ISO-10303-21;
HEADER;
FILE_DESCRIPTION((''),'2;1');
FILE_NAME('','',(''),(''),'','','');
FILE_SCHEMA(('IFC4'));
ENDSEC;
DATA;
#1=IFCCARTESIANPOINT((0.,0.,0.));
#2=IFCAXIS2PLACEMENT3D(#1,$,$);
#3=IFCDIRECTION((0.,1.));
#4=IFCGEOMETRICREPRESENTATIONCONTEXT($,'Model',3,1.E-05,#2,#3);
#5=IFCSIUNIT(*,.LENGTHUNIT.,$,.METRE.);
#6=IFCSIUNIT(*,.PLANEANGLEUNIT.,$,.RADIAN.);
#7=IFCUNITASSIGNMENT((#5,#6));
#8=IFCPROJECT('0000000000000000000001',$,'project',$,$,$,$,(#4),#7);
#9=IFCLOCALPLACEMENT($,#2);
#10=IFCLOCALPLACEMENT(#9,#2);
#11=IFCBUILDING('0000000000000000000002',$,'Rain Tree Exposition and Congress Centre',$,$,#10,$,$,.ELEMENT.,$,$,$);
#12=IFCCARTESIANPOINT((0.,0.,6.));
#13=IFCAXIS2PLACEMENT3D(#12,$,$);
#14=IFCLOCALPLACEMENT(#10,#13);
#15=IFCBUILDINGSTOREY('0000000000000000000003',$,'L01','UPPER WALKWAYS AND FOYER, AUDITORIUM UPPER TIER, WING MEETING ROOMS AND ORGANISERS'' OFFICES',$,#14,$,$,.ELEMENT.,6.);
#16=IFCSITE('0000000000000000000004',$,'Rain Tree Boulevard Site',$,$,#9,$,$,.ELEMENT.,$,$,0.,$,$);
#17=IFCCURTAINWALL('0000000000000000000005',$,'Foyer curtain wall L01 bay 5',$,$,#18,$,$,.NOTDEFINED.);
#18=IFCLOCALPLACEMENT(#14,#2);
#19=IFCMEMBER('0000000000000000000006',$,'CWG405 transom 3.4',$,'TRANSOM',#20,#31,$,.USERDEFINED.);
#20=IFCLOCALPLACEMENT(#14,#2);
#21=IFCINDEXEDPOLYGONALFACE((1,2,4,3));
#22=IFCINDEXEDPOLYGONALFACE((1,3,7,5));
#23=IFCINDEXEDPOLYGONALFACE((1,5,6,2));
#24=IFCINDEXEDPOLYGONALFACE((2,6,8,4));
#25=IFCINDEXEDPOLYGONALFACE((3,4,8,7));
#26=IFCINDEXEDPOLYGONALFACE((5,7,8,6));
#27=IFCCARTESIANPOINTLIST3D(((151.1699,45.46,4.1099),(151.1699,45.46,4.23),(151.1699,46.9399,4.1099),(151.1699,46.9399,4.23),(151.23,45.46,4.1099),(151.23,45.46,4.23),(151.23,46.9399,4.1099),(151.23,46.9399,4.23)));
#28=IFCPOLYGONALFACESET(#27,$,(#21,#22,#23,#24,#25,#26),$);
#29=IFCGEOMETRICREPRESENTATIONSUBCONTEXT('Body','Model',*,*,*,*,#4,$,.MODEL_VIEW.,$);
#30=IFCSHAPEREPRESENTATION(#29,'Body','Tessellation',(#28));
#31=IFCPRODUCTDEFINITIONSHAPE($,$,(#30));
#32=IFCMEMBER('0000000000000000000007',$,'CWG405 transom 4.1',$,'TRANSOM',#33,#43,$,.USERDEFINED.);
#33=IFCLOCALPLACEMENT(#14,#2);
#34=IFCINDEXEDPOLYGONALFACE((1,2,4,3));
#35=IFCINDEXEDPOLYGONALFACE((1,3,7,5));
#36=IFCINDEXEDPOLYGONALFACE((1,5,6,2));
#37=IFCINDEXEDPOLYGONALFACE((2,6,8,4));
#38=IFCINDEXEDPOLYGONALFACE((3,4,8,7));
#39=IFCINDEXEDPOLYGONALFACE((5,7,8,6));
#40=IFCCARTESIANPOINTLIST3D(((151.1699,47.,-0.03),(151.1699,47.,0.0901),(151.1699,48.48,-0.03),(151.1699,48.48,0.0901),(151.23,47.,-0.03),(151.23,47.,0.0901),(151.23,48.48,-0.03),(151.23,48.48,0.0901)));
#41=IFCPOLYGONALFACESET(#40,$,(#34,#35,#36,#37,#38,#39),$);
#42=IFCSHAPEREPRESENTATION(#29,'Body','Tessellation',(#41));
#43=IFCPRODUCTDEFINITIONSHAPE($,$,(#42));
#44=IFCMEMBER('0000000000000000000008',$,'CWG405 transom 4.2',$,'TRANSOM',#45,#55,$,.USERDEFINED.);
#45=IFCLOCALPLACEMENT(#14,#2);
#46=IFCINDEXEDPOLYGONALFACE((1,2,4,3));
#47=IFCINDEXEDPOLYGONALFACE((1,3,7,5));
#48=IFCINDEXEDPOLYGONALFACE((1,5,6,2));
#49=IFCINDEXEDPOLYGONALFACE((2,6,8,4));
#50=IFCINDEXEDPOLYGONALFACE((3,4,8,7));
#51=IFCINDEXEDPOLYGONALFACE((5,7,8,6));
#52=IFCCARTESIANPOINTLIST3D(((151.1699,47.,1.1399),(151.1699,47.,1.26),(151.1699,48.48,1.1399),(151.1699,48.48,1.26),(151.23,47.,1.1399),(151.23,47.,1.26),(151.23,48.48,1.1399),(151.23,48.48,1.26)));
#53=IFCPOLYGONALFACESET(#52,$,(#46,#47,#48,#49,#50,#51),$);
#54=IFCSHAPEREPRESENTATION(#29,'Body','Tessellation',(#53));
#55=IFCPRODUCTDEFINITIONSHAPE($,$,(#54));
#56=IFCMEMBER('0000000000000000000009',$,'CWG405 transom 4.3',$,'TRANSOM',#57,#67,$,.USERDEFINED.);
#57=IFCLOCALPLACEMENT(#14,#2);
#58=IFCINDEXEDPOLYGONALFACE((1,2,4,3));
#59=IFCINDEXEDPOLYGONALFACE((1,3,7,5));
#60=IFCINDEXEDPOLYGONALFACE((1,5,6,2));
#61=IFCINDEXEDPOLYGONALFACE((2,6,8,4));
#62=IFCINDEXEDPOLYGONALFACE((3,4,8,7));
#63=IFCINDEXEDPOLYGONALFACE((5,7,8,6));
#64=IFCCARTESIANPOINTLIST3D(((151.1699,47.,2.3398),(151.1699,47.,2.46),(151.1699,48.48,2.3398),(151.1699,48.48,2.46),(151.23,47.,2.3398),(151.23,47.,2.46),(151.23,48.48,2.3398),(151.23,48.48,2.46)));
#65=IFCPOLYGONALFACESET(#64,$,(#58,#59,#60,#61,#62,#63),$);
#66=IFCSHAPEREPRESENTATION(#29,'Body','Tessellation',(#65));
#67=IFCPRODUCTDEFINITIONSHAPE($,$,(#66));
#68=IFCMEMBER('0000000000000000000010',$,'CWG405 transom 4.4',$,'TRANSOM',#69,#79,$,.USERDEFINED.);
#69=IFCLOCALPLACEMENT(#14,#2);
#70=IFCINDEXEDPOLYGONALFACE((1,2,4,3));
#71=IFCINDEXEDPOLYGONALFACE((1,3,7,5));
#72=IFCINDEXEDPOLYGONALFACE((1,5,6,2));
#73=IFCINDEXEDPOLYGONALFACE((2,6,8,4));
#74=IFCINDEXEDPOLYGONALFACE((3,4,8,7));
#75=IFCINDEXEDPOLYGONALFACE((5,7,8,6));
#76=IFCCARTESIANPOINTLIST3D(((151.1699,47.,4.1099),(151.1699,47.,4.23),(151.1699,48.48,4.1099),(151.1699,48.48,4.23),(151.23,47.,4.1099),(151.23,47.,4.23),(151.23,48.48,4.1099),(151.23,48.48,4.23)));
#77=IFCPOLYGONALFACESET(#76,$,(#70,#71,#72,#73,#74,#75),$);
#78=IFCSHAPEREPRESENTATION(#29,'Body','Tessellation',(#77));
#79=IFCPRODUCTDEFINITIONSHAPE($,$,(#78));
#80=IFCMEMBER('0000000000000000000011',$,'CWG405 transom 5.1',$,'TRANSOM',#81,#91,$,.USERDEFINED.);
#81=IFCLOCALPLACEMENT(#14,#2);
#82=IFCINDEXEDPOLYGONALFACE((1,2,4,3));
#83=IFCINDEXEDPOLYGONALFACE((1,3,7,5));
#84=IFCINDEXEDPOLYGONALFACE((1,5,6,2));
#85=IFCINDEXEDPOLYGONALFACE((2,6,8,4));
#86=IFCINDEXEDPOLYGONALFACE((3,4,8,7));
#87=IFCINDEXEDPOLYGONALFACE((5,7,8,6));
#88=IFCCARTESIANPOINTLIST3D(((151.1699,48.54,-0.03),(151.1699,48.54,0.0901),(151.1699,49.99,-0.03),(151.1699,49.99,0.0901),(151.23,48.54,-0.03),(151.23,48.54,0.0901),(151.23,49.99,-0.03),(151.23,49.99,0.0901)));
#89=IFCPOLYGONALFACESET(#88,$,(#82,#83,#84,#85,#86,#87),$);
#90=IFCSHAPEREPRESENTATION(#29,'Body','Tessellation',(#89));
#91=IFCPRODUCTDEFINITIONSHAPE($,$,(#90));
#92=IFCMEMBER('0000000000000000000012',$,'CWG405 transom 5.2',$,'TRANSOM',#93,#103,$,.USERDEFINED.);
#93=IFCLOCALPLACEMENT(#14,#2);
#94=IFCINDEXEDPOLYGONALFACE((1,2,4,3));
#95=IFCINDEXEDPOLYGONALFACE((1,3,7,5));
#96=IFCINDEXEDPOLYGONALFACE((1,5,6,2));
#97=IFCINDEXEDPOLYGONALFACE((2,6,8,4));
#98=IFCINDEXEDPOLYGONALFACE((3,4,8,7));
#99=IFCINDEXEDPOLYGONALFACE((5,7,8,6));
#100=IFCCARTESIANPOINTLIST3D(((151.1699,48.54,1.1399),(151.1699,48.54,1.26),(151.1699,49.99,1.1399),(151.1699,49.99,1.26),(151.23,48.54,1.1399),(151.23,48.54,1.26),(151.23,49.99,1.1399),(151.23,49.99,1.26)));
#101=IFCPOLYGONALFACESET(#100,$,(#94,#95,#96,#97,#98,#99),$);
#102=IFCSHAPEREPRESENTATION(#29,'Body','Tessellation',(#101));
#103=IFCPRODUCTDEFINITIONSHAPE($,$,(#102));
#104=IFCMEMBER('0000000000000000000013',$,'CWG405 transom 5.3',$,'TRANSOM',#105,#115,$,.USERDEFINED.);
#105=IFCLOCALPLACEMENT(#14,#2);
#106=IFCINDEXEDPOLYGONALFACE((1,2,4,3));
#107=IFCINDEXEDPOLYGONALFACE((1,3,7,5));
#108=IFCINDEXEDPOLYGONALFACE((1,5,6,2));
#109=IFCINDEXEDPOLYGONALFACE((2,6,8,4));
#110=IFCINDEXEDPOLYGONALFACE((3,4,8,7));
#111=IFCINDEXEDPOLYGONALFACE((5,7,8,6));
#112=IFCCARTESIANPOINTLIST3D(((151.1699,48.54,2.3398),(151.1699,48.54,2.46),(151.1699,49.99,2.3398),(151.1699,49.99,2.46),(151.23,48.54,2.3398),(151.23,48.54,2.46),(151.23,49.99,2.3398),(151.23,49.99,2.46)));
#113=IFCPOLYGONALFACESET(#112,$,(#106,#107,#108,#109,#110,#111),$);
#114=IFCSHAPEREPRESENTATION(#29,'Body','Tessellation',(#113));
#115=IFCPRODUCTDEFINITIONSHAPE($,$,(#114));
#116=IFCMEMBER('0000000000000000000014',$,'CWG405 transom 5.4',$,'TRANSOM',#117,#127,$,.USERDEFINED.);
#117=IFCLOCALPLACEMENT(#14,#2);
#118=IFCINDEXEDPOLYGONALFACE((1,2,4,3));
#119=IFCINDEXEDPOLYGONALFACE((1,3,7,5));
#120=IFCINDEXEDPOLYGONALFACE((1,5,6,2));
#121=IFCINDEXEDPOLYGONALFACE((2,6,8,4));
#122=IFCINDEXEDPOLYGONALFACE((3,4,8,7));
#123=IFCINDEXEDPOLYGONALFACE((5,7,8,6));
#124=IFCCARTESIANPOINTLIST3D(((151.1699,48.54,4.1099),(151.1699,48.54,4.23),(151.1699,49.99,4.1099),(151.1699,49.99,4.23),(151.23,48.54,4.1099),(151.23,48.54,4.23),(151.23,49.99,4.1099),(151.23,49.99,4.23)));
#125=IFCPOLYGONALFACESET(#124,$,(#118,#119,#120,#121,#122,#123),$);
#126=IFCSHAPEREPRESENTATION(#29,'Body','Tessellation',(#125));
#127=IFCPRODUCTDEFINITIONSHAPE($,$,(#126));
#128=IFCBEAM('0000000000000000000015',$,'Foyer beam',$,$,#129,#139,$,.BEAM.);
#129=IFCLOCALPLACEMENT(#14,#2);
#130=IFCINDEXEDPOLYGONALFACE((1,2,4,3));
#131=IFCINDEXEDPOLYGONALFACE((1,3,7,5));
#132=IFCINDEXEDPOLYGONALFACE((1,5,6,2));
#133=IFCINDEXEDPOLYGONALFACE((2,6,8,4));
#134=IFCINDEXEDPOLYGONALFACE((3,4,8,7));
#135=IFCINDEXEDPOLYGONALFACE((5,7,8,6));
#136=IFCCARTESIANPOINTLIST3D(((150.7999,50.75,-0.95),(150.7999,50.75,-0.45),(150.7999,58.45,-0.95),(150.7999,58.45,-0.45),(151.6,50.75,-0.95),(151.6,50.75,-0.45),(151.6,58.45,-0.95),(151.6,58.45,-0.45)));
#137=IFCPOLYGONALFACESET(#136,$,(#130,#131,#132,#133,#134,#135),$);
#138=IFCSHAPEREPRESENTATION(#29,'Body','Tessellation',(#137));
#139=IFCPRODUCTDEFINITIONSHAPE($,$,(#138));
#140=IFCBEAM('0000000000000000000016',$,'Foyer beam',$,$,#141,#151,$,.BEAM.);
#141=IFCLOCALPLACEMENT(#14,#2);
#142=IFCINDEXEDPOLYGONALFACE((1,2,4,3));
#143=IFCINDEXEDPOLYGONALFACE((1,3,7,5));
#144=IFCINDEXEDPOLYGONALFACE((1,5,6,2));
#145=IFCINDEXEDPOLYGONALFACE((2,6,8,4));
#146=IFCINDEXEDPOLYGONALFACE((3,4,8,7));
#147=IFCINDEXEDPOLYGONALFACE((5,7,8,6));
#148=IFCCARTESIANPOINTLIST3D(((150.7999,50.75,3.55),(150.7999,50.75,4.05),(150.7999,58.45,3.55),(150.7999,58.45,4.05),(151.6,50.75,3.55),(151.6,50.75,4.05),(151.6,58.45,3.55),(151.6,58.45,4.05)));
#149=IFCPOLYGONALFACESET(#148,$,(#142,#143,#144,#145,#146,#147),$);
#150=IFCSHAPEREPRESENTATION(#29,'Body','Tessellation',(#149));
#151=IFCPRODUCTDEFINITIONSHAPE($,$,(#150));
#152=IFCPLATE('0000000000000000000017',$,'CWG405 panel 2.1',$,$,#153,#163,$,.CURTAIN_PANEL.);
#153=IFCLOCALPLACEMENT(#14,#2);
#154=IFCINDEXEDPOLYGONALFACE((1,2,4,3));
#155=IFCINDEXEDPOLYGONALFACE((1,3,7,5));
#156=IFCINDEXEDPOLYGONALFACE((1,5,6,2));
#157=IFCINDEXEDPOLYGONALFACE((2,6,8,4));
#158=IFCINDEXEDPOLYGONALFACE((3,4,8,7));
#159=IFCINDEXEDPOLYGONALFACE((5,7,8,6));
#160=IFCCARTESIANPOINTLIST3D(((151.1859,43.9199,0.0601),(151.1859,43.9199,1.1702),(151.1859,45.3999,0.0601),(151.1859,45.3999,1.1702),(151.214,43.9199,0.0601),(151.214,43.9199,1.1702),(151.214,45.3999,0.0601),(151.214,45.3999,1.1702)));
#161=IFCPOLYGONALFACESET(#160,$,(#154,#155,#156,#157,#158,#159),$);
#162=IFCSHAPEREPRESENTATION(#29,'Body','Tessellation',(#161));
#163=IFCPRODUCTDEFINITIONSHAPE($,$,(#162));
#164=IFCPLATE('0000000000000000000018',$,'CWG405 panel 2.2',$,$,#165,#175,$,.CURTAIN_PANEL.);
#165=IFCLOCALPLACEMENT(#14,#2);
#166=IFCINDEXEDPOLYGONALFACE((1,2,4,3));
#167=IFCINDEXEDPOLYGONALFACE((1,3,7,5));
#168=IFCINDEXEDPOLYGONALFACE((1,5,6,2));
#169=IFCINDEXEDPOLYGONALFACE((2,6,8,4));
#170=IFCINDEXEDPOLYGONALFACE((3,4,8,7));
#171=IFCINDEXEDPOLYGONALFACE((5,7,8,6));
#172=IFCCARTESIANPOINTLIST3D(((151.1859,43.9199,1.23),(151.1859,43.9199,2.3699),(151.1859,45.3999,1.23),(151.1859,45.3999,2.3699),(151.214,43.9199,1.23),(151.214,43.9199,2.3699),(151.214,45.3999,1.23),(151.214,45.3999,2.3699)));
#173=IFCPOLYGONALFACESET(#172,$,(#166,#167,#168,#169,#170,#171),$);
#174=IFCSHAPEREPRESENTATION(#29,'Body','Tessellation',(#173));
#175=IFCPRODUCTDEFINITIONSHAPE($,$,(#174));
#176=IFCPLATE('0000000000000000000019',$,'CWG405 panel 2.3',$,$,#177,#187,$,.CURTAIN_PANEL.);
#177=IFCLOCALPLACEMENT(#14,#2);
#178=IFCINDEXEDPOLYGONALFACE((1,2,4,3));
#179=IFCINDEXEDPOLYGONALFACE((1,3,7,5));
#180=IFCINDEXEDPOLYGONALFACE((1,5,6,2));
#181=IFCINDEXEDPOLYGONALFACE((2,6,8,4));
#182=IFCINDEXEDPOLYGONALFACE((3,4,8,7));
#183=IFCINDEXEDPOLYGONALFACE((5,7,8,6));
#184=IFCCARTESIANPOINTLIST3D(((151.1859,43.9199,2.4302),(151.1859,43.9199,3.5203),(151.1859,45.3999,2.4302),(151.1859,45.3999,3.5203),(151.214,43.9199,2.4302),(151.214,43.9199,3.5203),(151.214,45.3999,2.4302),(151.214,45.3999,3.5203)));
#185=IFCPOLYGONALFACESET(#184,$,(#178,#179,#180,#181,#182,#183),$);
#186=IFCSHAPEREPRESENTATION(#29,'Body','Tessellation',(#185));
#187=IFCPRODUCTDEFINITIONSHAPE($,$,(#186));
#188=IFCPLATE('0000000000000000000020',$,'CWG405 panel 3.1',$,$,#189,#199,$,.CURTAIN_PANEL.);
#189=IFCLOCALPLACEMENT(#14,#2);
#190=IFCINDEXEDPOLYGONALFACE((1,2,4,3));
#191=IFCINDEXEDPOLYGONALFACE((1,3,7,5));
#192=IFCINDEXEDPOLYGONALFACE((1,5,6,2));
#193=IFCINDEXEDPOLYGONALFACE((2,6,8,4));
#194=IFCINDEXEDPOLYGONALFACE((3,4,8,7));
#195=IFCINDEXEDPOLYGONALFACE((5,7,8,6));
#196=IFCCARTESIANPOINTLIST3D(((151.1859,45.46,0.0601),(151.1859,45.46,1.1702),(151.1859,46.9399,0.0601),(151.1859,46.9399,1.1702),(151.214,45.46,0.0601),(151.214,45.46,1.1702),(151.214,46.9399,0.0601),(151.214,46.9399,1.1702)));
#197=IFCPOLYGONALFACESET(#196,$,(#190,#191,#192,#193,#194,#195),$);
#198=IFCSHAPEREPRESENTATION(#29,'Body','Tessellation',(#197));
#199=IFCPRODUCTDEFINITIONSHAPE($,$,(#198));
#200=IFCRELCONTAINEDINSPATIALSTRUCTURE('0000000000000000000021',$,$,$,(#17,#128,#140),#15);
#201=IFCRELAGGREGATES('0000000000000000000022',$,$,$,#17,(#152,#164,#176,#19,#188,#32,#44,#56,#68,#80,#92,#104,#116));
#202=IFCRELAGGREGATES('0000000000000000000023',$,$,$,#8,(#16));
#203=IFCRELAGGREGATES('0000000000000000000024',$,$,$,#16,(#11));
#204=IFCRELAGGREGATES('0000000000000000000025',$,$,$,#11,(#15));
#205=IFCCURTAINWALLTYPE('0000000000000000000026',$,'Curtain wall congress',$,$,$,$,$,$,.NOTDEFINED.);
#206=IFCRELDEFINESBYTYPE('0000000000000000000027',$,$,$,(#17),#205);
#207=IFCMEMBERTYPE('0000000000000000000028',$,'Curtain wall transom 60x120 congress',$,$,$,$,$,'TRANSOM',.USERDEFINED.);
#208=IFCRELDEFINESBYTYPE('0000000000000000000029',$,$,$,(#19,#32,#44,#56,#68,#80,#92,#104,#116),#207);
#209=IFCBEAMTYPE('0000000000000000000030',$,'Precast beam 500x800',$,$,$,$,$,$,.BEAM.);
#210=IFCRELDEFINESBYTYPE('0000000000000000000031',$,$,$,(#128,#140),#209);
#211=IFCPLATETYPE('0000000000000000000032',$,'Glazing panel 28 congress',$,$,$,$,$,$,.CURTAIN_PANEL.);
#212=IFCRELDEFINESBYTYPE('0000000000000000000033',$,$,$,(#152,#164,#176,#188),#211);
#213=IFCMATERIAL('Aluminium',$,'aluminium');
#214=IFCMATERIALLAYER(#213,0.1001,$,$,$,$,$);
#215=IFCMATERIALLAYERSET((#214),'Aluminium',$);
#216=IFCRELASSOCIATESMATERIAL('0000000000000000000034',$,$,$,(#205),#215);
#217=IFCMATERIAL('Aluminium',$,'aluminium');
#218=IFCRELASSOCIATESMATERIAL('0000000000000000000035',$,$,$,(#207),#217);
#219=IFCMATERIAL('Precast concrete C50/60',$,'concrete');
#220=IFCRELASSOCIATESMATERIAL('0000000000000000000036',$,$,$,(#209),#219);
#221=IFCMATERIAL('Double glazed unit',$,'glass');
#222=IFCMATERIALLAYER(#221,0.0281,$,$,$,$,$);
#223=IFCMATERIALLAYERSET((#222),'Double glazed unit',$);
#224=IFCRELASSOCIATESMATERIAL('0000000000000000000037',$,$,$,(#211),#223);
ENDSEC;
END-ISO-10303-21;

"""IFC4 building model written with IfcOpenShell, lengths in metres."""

from ifc_helpers import new_model, si_unit, direction, frame, origin, origin_2d, place, context, subcontext, project, spatial, rectangle, extrude, material, layer, layer_set, material_profile, profile_set, type_object, element, aggregate, save


model = new_model("IFC4")

# Units and contexts
model_context = context("Model", 3, precision=1e-05, world=origin(), true_north=direction((0.0, 1.0)))
body_context = subcontext(model_context, "Body", "Model", "MODEL_VIEW")
ifc_project = project(units=[si_unit("LENGTHUNIT", "METRE"), si_unit("PLANEANGLEUNIT", "RADIAN")], contexts=[model_context])

# Site, building, storey
site_placement = place(None, origin())
site = spatial("IfcSite", under=ifc_project, at=site_placement, Name="Rain Tree Boulevard Site", CompositionType="ELEMENT", RefElevation=0.0)
building_placement = place(site_placement, origin())
building = spatial("IfcBuilding", under=site, at=building_placement, Name="Rain Tree Exposition and Congress Centre", CompositionType="ELEMENT")
storey_placement = place(building_placement, frame((0.0, 0.0, 6.0)))
storey = spatial("IfcBuildingStorey", under=building, at=storey_placement, Name="L01", Description="UPPER WALKWAYS AND FOYER, AUDITORIUM UPPER TIER, WING MEETING ROOMS AND ORGANISERS' OFFICES", CompositionType="ELEMENT", Elevation=6.0)

# Curtain wall
ifc_material_1 = material(Name="Aluminium", Category="aluminium")
ifc_layer_1 = layer(ifc_material_1, 0.1001)
ifc_layer_set_1 = layer_set([ifc_layer_1], Name="Aluminium")
curtain_wall_type = type_object("IfcCurtainWallType", Name="Curtain wall congress", PredefinedType="NOTDEFINED", material=ifc_layer_set_1)
curtain_wall_1_placement = place(storey_placement, origin())
curtain_wall_1 = element("IfcCurtainWall", 1, at=curtain_wall_1_placement, inside=storey, type_object=curtain_wall_type, Name="Foyer curtain wall L01 bay 5", PredefinedType="NOTDEFINED")

# Members
ifc_material_2 = material(Name="Aluminium", Category="aluminium")
ifc_material_profile_1 = material_profile(ifc_material_2, rectangle(XDim=0.0601, YDim=0.1201, at=origin_2d()), Name="AL 60x120")
ifc_profile_set_1 = profile_set([ifc_material_profile_1], Name="Aluminium")
member_type_1 = type_object("IfcMemberType", Name="Curtain wall transom 60x120 congress", ElementType="TRANSOM", PredefinedType="USERDEFINED", material=ifc_profile_set_1)
member_1_placement = place(storey_placement, frame((151.2, 45.46, 4.1699), z_axis=(0.0, 1.0, 0.0), x_axis=(-1.0, 0.0, 0.0)))
member_1 = element("IfcMember", 2, at=member_1_placement, type_object=member_type_1, Name="CWG405 transom 3.4", ObjectType="TRANSOM", PredefinedType="USERDEFINED", context=body_context, shape_type="SweptSolid", body=[
    extrude(rectangle(XDim=0.0601, YDim=0.1201, at=origin_2d()), origin(), (0.0, 0.0, 1.0), 1.48),
])
member_2_placement = place(storey_placement, frame((151.2, 47.0, 0.03), z_axis=(0.0, 1.0, 0.0), x_axis=(-1.0, 0.0, 0.0)))
member_2 = element("IfcMember", 3, at=member_2_placement, type_object=member_type_1, Name="CWG405 transom 4.1", ObjectType="TRANSOM", PredefinedType="USERDEFINED", context=body_context, shape_type="SweptSolid", body=[
    extrude(rectangle(XDim=0.0601, YDim=0.1201, at=origin_2d()), origin(), (0.0, 0.0, 1.0), 1.48),
])
member_3_placement = place(storey_placement, frame((151.2, 47.0, 1.2), z_axis=(0.0, 1.0, 0.0), x_axis=(-1.0, 0.0, 0.0)))
member_3 = element("IfcMember", 4, at=member_3_placement, type_object=member_type_1, Name="CWG405 transom 4.2", ObjectType="TRANSOM", PredefinedType="USERDEFINED", context=body_context, shape_type="SweptSolid", body=[
    extrude(rectangle(XDim=0.0601, YDim=0.1201, at=origin_2d()), origin(), (0.0, 0.0, 1.0), 1.48),
])
member_4_placement = place(storey_placement, frame((151.2, 47.0, 2.3999), z_axis=(0.0, 1.0, 0.0), x_axis=(-1.0, 0.0, 0.0)))
member_4 = element("IfcMember", 5, at=member_4_placement, type_object=member_type_1, Name="CWG405 transom 4.3", ObjectType="TRANSOM", PredefinedType="USERDEFINED", context=body_context, shape_type="SweptSolid", body=[
    extrude(rectangle(XDim=0.0601, YDim=0.1201, at=origin_2d()), origin(), (0.0, 0.0, 1.0), 1.48),
])
member_5_placement = place(storey_placement, frame((151.2, 47.0, 4.1699), z_axis=(0.0, 1.0, 0.0), x_axis=(-1.0, 0.0, 0.0)))
member_5 = element("IfcMember", 6, at=member_5_placement, type_object=member_type_1, Name="CWG405 transom 4.4", ObjectType="TRANSOM", PredefinedType="USERDEFINED", context=body_context, shape_type="SweptSolid", body=[
    extrude(rectangle(XDim=0.0601, YDim=0.1201, at=origin_2d()), origin(), (0.0, 0.0, 1.0), 1.48),
])
member_6_placement = place(storey_placement, frame((151.2, 48.54, 0.03), z_axis=(0.0, 1.0, 0.0), x_axis=(-1.0, 0.0, 0.0)))
member_6 = element("IfcMember", 7, at=member_6_placement, type_object=member_type_1, Name="CWG405 transom 5.1", ObjectType="TRANSOM", PredefinedType="USERDEFINED", context=body_context, shape_type="SweptSolid", body=[
    extrude(rectangle(XDim=0.0601, YDim=0.1201, at=origin_2d()), origin(), (0.0, 0.0, 1.0), 1.45),
])
member_7_placement = place(storey_placement, frame((151.2, 48.54, 1.2), z_axis=(0.0, 1.0, 0.0), x_axis=(-1.0, 0.0, 0.0)))
member_7 = element("IfcMember", 8, at=member_7_placement, type_object=member_type_1, Name="CWG405 transom 5.2", ObjectType="TRANSOM", PredefinedType="USERDEFINED", context=body_context, shape_type="SweptSolid", body=[
    extrude(rectangle(XDim=0.0601, YDim=0.1201, at=origin_2d()), origin(), (0.0, 0.0, 1.0), 1.45),
])
member_8_placement = place(storey_placement, frame((151.2, 48.54, 2.3999), z_axis=(0.0, 1.0, 0.0), x_axis=(-1.0, 0.0, 0.0)))
member_8 = element("IfcMember", 9, at=member_8_placement, type_object=member_type_1, Name="CWG405 transom 5.3", ObjectType="TRANSOM", PredefinedType="USERDEFINED", context=body_context, shape_type="SweptSolid", body=[
    extrude(rectangle(XDim=0.0601, YDim=0.1201, at=origin_2d()), origin(), (0.0, 0.0, 1.0), 1.45),
])
member_9_placement = place(storey_placement, frame((151.2, 48.54, 4.1699), z_axis=(0.0, 1.0, 0.0), x_axis=(-1.0, 0.0, 0.0)))
member_9 = element("IfcMember", 10, at=member_9_placement, type_object=member_type_1, Name="CWG405 transom 5.4", ObjectType="TRANSOM", PredefinedType="USERDEFINED", context=body_context, shape_type="SweptSolid", body=[
    extrude(rectangle(XDim=0.0601, YDim=0.1201, at=origin_2d()), origin(), (0.0, 0.0, 1.0), 1.45),
])

# Beams
ifc_material_3 = material(Name="Precast concrete C50/60", Category="concrete")
ifc_material_profile_2 = material_profile(ifc_material_3, rectangle(XDim=0.5, YDim=0.8, at=origin_2d()), Name="RC 500x800")
ifc_profile_set_2 = profile_set([ifc_material_profile_2], Name="Precast concrete C50/60")
beam_type = type_object("IfcBeamType", Name="Precast beam 500x800", PredefinedType="BEAM", material=ifc_profile_set_2)
for number, where, z_axis, x_axis, name in (
    (11, (151.2, 50.75, -0.7), (0.0, 1.0, 0.0), (0.0, 0.0, 1.0), "Foyer beam"),
    (12, (151.2, 50.75, 3.8), (0.0, 1.0, 0.0), (0.0, 0.0, 1.0), "Foyer beam"),
):
    element("IfcBeam", number, at=place(storey_placement, frame(where, z_axis=z_axis, x_axis=x_axis)), inside=storey, type_object=beam_type, Name=name, PredefinedType="BEAM", context=body_context, shape_type="SweptSolid", body=[
        extrude(rectangle(XDim=0.5, YDim=0.8, at=origin_2d()), origin(), (0.0, 0.0, 1.0), 7.7),
    ])

# Plates
ifc_material_4 = material(Name="Double glazed unit", Category="glass")
ifc_layer_2 = layer(ifc_material_4, 0.0281)
ifc_layer_set_2 = layer_set([ifc_layer_2], Name="Double glazed unit")
plate_type = type_object("IfcPlateType", Name="Glazing panel 28 congress", PredefinedType="CURTAIN_PANEL", material=ifc_layer_set_2)
plate_1_placement = place(storey_placement, frame((151.2, 44.6599, 0.0601), z_axis=(0.0, 0.0, 1.0), x_axis=(0.0, 1.0, 0.0)))
plate_1 = element("IfcPlate", 13, at=plate_1_placement, type_object=plate_type, Name="CWG405 panel 2.1", PredefinedType="CURTAIN_PANEL", context=body_context, shape_type="SweptSolid", body=[
    extrude(rectangle(XDim=1.48, YDim=0.0281, at=origin_2d()), origin(), (0.0, 0.0, 1.0), 1.1101),
])
plate_2_placement = place(storey_placement, frame((151.2, 44.6599, 1.23), z_axis=(0.0, 0.0, 1.0), x_axis=(0.0, 1.0, 0.0)))
plate_2 = element("IfcPlate", 14, at=plate_2_placement, type_object=plate_type, Name="CWG405 panel 2.2", PredefinedType="CURTAIN_PANEL", context=body_context, shape_type="SweptSolid", body=[
    extrude(rectangle(XDim=1.48, YDim=0.0281, at=origin_2d()), origin(), (0.0, 0.0, 1.0), 1.1399),
])
plate_3_placement = place(storey_placement, frame((151.2, 44.6599, 2.4302), z_axis=(0.0, 0.0, 1.0), x_axis=(0.0, 1.0, 0.0)))
plate_3 = element("IfcPlate", 15, at=plate_3_placement, type_object=plate_type, Name="CWG405 panel 2.3", PredefinedType="CURTAIN_PANEL", context=body_context, shape_type="SweptSolid", body=[
    extrude(rectangle(XDim=1.48, YDim=0.0281, at=origin_2d()), origin(), (0.0, 0.0, 1.0), 1.0901),
])
plate_4_placement = place(storey_placement, frame((151.2, 46.2, 0.0601), z_axis=(0.0, 0.0, 1.0), x_axis=(0.0, 1.0, 0.0)))
plate_4 = element("IfcPlate", 16, at=plate_4_placement, type_object=plate_type, Name="CWG405 panel 3.1", PredefinedType="CURTAIN_PANEL", context=body_context, shape_type="SweptSolid", body=[
    extrude(rectangle(XDim=1.48, YDim=0.0281, at=origin_2d()), origin(), (0.0, 0.0, 1.0), 1.1101),
])
aggregate(curtain_wall_1, [plate_1, plate_2, plate_3, member_1, plate_4, member_2, member_3, member_4, member_5, member_6, member_7, member_8, member_9])

save(model, "model.ifc")
